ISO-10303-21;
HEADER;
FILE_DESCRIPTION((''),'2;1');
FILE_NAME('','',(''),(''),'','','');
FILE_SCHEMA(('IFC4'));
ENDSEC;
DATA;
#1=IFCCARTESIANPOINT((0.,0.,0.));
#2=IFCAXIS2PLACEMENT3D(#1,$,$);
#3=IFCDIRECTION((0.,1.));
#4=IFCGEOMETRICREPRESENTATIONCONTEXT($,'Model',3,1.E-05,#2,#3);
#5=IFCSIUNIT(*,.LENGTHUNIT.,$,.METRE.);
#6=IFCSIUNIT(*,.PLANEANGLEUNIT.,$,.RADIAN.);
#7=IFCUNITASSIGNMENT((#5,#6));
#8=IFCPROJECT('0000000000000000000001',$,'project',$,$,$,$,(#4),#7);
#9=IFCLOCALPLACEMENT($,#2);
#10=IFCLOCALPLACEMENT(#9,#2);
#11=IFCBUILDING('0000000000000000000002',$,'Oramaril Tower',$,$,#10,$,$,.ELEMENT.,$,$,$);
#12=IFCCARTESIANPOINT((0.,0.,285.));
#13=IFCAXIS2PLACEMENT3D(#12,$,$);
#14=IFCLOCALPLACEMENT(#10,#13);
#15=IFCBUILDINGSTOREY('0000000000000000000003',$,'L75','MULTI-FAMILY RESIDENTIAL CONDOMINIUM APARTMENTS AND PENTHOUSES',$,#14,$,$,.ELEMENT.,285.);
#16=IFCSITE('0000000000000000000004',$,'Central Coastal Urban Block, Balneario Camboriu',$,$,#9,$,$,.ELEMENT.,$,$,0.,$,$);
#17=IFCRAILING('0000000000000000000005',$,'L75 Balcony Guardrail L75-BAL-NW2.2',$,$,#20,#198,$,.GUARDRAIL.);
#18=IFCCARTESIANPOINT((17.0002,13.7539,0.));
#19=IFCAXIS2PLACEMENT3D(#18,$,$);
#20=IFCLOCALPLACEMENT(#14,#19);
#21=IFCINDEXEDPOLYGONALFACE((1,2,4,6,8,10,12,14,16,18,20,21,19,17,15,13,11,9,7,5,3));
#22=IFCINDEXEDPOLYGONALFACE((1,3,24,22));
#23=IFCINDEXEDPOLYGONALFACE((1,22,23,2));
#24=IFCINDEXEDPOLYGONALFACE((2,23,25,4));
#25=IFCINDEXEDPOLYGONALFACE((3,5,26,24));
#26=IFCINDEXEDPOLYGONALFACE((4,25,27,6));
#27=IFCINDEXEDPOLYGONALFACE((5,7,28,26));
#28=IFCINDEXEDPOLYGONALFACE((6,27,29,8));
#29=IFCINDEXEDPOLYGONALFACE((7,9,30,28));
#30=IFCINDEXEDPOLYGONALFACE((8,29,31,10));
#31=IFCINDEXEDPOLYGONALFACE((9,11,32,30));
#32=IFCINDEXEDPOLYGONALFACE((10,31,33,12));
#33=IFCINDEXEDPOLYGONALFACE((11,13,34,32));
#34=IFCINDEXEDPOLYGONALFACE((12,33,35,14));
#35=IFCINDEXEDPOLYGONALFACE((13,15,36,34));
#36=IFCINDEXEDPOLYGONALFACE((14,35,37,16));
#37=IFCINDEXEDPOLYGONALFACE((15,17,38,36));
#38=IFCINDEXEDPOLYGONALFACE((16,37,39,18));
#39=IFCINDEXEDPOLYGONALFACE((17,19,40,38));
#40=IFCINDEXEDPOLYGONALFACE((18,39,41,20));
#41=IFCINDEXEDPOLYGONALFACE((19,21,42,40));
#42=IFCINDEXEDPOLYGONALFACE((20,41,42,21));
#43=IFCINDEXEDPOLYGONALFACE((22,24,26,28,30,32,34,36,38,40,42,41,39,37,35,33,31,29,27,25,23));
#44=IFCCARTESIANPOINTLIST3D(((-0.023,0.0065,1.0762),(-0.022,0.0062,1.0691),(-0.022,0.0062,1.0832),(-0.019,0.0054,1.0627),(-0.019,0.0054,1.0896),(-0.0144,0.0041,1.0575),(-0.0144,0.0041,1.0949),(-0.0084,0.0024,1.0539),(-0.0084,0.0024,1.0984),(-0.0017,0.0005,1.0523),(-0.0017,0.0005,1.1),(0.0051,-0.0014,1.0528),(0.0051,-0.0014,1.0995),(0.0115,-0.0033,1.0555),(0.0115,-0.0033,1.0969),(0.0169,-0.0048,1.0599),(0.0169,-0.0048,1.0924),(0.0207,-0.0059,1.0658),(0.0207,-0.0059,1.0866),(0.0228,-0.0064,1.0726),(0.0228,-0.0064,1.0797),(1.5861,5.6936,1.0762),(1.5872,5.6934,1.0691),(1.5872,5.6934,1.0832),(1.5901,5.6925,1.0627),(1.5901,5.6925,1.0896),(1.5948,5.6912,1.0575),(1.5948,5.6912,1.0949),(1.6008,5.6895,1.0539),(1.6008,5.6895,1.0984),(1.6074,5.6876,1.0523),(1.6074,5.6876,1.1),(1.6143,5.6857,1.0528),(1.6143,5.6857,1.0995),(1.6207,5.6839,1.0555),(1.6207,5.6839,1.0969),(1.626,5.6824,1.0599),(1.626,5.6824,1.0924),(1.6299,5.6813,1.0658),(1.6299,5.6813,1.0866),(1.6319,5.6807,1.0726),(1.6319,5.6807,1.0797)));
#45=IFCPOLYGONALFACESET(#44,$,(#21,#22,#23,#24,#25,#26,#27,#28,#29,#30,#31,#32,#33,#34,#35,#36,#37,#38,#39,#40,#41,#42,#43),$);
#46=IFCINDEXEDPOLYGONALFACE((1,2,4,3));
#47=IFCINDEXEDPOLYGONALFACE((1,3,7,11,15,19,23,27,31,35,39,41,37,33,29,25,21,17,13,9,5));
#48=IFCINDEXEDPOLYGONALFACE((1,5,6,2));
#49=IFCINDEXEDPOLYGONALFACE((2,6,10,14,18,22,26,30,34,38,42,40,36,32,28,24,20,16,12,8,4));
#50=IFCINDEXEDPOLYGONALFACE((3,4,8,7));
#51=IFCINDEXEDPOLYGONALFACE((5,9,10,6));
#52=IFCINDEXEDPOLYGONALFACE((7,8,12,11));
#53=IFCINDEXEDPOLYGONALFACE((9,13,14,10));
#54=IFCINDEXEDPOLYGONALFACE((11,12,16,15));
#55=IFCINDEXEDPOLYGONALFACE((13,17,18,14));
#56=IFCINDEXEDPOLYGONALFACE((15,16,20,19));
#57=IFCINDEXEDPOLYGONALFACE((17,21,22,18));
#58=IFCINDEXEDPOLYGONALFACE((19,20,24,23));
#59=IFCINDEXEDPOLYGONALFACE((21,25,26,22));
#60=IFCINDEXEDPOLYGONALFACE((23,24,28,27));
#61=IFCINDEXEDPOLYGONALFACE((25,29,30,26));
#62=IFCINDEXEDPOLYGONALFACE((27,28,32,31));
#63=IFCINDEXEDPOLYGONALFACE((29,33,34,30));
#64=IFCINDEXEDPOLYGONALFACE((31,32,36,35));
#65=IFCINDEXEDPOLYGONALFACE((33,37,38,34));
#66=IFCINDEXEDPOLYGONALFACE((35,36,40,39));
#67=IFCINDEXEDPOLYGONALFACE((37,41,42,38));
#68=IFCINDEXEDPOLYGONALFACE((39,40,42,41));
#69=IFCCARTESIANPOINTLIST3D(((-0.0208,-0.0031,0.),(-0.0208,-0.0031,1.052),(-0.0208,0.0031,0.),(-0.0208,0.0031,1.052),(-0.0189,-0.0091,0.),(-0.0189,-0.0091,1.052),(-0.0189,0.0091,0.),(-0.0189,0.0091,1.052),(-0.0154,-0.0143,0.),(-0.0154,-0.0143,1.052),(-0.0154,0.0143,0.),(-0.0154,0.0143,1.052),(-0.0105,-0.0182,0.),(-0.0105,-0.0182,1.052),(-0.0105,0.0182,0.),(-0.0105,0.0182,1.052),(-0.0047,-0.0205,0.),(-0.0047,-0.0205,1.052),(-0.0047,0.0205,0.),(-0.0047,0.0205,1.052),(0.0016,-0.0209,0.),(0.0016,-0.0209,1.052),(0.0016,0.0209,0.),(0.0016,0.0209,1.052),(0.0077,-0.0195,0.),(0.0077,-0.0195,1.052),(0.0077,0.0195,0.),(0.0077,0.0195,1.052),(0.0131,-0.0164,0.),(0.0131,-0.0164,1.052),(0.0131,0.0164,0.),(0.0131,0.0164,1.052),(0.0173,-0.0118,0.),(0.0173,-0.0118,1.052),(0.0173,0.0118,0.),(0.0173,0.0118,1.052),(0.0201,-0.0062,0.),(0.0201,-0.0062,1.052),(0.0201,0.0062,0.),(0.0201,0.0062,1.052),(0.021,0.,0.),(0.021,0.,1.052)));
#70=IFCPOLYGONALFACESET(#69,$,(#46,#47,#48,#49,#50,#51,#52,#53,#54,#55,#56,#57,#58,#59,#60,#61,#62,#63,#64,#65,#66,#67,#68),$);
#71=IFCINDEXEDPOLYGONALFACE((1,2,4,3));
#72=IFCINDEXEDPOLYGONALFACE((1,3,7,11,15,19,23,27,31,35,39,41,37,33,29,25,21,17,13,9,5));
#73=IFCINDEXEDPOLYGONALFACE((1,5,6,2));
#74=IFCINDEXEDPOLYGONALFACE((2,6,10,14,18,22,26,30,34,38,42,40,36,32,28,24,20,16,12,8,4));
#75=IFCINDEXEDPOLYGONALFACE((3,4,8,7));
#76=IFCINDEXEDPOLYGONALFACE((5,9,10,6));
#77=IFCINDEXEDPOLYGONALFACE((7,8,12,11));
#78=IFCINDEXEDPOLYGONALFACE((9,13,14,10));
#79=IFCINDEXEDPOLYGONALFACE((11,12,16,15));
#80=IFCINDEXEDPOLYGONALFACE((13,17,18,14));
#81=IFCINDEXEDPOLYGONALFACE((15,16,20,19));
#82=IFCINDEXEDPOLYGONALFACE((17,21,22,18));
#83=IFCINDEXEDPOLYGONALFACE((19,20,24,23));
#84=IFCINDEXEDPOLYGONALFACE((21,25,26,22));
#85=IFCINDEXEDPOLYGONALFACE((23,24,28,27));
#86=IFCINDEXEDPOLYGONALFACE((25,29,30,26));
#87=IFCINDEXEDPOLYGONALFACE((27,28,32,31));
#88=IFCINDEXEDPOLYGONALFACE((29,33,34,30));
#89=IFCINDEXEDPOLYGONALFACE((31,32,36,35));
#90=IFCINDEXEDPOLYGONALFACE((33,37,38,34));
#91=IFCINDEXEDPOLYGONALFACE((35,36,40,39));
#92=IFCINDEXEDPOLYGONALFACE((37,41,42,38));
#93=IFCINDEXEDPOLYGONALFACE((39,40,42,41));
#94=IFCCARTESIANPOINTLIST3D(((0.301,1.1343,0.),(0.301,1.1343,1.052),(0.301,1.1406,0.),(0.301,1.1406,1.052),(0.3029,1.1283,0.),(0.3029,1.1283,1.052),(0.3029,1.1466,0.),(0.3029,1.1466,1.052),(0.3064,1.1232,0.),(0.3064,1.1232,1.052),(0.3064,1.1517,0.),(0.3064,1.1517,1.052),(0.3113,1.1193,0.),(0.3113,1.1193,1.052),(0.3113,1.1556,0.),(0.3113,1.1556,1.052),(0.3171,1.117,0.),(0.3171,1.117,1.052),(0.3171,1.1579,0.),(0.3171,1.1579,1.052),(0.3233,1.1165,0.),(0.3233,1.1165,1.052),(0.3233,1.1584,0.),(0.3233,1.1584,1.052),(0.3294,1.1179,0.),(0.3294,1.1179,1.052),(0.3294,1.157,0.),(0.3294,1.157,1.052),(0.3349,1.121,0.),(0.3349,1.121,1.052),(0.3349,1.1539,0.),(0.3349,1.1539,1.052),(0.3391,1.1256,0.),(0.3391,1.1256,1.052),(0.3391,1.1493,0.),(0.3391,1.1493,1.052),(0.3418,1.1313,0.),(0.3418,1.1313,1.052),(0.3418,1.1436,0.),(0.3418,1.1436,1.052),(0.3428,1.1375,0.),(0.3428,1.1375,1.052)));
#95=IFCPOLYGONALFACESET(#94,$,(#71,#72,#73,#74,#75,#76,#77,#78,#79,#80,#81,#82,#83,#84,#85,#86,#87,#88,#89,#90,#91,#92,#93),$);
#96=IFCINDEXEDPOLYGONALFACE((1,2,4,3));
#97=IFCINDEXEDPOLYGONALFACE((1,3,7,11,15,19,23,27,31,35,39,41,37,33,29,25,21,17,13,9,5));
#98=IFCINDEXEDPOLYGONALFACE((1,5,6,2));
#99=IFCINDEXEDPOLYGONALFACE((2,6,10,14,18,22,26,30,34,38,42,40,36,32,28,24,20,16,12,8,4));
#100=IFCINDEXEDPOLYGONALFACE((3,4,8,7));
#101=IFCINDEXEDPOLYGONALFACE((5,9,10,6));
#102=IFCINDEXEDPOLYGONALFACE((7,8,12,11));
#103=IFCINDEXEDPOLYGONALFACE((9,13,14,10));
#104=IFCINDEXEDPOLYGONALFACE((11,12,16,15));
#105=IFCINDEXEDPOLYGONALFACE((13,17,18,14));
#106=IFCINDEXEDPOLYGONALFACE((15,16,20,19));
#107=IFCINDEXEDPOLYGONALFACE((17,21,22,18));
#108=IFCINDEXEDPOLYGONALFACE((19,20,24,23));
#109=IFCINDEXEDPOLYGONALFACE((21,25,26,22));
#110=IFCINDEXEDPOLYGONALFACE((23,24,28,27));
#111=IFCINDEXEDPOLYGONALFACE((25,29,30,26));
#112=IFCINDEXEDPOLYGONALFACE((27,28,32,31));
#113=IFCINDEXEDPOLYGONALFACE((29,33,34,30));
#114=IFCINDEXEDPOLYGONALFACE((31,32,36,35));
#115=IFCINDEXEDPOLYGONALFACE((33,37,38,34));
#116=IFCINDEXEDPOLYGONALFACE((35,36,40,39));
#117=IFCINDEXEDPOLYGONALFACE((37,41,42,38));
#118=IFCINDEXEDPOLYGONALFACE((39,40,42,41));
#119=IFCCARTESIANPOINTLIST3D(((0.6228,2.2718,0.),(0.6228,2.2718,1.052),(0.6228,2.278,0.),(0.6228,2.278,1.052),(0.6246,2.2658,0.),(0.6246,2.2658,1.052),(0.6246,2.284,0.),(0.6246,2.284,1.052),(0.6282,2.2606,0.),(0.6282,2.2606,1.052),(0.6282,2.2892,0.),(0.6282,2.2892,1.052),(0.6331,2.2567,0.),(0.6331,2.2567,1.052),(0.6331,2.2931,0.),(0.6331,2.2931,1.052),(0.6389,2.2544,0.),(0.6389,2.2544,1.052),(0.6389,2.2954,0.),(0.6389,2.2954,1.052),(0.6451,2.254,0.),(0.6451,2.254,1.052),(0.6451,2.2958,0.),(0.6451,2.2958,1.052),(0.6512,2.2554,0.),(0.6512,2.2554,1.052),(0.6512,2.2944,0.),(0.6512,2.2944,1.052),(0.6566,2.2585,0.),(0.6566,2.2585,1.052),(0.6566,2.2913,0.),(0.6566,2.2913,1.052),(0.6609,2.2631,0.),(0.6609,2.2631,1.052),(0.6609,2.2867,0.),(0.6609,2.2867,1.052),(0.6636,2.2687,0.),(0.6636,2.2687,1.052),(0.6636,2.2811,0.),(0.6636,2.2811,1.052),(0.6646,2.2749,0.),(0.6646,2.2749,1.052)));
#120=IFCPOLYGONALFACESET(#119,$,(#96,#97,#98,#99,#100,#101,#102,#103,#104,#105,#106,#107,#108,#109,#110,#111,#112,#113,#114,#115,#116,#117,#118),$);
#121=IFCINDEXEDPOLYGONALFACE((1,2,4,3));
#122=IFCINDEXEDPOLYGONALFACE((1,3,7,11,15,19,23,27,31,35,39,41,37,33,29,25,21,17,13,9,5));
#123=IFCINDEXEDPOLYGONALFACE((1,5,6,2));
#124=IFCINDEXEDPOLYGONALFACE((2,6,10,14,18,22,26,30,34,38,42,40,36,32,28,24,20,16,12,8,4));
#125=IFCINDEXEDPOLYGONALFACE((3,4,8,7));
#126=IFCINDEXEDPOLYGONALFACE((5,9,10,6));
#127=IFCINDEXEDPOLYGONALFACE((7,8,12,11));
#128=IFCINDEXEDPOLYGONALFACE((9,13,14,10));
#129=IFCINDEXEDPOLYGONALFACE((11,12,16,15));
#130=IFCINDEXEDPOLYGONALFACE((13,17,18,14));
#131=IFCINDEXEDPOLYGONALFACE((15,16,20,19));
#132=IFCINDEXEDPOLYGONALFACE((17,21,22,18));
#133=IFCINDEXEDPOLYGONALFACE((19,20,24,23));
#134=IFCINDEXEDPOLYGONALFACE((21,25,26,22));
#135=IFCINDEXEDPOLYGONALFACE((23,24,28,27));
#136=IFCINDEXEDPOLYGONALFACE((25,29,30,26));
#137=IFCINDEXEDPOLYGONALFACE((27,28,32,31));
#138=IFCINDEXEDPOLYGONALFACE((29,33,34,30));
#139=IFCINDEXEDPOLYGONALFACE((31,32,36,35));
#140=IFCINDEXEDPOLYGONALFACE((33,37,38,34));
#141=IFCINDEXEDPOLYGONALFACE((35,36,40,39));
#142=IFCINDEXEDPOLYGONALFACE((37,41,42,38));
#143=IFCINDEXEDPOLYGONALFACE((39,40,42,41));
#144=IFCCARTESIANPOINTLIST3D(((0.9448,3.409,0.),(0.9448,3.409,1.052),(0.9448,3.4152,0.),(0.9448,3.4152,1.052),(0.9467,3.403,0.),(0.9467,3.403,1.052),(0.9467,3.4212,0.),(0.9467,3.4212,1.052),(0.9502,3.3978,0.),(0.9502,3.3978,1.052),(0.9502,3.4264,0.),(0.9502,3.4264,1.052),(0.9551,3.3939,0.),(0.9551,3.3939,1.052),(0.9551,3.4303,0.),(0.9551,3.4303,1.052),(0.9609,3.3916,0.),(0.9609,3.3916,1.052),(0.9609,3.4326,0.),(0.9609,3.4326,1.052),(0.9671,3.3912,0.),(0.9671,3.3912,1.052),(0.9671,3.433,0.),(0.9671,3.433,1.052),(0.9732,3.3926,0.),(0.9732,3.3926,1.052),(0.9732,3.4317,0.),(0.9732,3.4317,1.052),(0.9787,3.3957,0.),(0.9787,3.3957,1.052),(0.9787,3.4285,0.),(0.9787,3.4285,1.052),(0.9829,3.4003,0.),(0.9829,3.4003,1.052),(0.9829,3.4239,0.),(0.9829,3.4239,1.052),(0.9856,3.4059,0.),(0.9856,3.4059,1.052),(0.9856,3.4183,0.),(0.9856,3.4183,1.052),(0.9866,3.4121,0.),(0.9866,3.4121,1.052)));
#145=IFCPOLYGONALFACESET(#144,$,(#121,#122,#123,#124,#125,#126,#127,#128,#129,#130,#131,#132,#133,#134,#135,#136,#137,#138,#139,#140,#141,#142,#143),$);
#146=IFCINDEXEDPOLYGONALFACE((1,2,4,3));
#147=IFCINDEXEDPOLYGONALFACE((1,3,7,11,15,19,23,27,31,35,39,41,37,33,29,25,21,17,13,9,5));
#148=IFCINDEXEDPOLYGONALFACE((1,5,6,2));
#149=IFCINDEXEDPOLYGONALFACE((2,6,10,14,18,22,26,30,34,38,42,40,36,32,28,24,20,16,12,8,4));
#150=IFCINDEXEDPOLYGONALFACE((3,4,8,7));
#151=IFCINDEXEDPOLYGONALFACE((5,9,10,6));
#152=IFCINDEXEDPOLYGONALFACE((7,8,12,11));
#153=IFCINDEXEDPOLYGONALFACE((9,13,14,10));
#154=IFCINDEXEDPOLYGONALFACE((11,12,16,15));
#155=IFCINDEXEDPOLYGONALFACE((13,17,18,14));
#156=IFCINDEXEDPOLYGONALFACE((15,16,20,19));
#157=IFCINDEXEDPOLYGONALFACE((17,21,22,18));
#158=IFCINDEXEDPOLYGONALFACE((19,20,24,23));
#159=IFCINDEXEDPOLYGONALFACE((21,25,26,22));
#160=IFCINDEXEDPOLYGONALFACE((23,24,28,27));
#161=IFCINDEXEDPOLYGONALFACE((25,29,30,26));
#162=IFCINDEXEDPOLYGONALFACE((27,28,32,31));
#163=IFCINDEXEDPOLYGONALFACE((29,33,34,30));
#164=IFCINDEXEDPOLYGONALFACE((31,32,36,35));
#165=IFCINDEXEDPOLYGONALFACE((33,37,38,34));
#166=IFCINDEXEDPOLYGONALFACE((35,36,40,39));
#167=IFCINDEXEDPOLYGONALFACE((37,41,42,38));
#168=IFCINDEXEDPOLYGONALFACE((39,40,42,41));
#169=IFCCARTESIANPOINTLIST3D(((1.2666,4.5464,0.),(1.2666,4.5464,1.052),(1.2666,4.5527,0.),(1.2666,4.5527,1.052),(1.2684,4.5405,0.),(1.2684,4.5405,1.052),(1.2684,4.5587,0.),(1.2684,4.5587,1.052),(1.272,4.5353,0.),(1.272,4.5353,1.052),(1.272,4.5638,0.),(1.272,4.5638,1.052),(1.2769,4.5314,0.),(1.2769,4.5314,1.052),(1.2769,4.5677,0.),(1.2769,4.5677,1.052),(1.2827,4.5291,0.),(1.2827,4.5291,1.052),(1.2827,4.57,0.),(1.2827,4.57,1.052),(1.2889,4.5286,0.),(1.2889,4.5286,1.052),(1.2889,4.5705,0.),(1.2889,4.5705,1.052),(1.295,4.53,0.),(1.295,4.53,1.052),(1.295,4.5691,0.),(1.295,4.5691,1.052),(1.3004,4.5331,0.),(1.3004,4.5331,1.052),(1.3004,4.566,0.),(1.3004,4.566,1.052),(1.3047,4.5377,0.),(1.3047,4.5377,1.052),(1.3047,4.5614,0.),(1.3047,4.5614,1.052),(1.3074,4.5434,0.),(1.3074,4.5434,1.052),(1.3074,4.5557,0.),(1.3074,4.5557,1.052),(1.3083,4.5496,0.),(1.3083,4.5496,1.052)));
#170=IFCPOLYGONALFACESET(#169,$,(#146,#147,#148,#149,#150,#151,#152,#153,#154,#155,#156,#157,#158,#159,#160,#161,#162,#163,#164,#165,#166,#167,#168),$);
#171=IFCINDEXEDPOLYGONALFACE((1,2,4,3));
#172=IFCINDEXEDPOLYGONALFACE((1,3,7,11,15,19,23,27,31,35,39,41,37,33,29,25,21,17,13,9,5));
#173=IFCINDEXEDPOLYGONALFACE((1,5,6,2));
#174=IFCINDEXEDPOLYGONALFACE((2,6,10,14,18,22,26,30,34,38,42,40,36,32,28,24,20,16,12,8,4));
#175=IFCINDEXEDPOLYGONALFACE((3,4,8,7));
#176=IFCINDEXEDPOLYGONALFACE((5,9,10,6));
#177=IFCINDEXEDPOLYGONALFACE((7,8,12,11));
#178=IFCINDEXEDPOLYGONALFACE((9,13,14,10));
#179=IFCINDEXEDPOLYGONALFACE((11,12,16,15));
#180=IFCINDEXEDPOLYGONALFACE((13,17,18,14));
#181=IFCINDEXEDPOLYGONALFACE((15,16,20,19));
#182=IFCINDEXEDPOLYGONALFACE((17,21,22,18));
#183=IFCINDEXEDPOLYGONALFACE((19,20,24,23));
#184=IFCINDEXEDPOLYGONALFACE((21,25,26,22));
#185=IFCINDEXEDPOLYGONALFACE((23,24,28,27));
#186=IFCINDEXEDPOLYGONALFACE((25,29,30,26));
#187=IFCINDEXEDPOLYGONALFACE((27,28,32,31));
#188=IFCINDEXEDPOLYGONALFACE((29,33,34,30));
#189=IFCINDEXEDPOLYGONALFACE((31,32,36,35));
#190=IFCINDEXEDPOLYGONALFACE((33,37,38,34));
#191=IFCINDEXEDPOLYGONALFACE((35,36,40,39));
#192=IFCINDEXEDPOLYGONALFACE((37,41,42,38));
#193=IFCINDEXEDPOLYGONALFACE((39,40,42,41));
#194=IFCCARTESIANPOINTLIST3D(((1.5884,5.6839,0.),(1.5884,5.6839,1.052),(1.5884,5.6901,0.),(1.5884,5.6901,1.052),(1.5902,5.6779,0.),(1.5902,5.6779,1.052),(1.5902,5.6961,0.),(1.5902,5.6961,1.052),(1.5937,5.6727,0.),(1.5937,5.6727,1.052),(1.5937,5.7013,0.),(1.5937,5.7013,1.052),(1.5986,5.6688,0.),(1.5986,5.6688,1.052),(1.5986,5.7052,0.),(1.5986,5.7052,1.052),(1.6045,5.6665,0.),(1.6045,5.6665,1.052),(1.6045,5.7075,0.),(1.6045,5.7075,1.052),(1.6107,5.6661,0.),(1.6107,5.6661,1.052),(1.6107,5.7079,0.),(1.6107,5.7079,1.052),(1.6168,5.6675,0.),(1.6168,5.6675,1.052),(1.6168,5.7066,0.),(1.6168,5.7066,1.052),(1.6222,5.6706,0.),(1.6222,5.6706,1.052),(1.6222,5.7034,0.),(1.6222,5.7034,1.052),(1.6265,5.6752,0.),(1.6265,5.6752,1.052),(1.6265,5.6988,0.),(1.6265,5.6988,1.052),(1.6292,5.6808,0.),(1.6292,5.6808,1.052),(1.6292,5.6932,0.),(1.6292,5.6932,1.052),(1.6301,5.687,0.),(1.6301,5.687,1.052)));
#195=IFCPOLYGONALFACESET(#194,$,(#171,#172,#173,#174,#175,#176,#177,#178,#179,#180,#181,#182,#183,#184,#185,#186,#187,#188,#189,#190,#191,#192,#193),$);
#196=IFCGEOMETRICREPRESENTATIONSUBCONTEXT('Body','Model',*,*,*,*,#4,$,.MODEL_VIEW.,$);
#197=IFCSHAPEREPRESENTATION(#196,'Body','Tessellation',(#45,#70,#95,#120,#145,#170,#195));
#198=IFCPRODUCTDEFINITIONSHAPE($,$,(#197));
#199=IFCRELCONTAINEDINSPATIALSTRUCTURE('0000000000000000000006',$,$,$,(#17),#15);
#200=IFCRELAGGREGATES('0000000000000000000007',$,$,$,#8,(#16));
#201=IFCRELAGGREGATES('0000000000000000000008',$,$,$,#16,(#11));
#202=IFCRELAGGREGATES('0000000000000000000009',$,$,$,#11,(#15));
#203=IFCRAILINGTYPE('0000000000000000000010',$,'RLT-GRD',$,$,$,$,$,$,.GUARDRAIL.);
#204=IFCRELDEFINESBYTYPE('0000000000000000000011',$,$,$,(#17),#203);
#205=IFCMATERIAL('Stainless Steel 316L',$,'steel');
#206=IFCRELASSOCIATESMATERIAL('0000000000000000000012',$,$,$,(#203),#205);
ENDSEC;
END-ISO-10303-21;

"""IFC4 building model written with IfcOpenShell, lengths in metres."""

from ifc_helpers import new_model, si_unit, direction, frame, origin, origin_2d, place, context, subcontext, project, spatial, circle, extrude, material, type_object, element, save


model = new_model("IFC4")

# Units and contexts
model_context = context("Model", 3, precision=1e-05, world=origin(), true_north=direction((0.0, 1.0)))
body_context = subcontext(model_context, "Body", "Model", "MODEL_VIEW")
ifc_project = project(units=[si_unit("LENGTHUNIT", "METRE"), si_unit("PLANEANGLEUNIT", "RADIAN")], contexts=[model_context])

# Site, building, storey
site_placement = place(None, origin())
site = spatial("IfcSite", under=ifc_project, at=site_placement, Name="Central Coastal Urban Block, Balneario Camboriu", CompositionType="ELEMENT", RefElevation=0.0)
building_placement = place(site_placement, origin())
building = spatial("IfcBuilding", under=site, at=building_placement, Name="Oramaril Tower", CompositionType="ELEMENT")
storey_placement = place(building_placement, frame((0.0, 0.0, 285.0)))
storey = spatial("IfcBuildingStorey", under=building, at=storey_placement, Name="L75", Description="MULTI-FAMILY RESIDENTIAL CONDOMINIUM APARTMENTS AND PENTHOUSES", CompositionType="ELEMENT", Elevation=285.0)

# Railing
ifc_material_1 = material(Name="Stainless Steel 316L", Category="steel")
railing_type_1 = type_object("IfcRailingType", Name="RLT-GRD", PredefinedType="GUARDRAIL", material=ifc_material_1)
railing_1_placement = place(storey_placement, frame((17.0002, 13.7539, 0.0)))
element("IfcRailing", 1, at=railing_1_placement, inside=storey, type_object=railing_type_1, Name="L75 Balcony Guardrail L75-BAL-NW2.2", PredefinedType="GUARDRAIL", context=body_context, shape_type="SweptSolid", body=[
    extrude(circle(Radius=0.0239, at=origin_2d()), frame((0.0, 0.0, 1.0762), z_axis=(0.27226, 0.962224, 0.0), x_axis=(-0.962224, 0.27226, 0.0)), (0.0, 0.0, 1.0), 5.9104),
    extrude(circle(Radius=0.021, at=origin_2d()), origin(), (0.0, 0.0, 1.0), 1.052),
    extrude(circle(Radius=0.021, at=origin_2d()), frame((0.3218, 1.1375, 0.0)), (0.0, 0.0, 1.0), 1.052),
    extrude(circle(Radius=0.021, at=origin_2d()), frame((0.6436, 2.2749, 0.0)), (0.0, 0.0, 1.0), 1.052),
    extrude(circle(Radius=0.021, at=origin_2d()), frame((0.9656, 3.4121, 0.0)), (0.0, 0.0, 1.0), 1.052),
    extrude(circle(Radius=0.021, at=origin_2d()), frame((1.2874, 4.5496, 0.0)), (0.0, 0.0, 1.0), 1.052),
    extrude(circle(Radius=0.021, at=origin_2d()), frame((1.6091, 5.687, 0.0)), (0.0, 0.0, 1.0), 1.052),
])

save(model, "model.ifc")
